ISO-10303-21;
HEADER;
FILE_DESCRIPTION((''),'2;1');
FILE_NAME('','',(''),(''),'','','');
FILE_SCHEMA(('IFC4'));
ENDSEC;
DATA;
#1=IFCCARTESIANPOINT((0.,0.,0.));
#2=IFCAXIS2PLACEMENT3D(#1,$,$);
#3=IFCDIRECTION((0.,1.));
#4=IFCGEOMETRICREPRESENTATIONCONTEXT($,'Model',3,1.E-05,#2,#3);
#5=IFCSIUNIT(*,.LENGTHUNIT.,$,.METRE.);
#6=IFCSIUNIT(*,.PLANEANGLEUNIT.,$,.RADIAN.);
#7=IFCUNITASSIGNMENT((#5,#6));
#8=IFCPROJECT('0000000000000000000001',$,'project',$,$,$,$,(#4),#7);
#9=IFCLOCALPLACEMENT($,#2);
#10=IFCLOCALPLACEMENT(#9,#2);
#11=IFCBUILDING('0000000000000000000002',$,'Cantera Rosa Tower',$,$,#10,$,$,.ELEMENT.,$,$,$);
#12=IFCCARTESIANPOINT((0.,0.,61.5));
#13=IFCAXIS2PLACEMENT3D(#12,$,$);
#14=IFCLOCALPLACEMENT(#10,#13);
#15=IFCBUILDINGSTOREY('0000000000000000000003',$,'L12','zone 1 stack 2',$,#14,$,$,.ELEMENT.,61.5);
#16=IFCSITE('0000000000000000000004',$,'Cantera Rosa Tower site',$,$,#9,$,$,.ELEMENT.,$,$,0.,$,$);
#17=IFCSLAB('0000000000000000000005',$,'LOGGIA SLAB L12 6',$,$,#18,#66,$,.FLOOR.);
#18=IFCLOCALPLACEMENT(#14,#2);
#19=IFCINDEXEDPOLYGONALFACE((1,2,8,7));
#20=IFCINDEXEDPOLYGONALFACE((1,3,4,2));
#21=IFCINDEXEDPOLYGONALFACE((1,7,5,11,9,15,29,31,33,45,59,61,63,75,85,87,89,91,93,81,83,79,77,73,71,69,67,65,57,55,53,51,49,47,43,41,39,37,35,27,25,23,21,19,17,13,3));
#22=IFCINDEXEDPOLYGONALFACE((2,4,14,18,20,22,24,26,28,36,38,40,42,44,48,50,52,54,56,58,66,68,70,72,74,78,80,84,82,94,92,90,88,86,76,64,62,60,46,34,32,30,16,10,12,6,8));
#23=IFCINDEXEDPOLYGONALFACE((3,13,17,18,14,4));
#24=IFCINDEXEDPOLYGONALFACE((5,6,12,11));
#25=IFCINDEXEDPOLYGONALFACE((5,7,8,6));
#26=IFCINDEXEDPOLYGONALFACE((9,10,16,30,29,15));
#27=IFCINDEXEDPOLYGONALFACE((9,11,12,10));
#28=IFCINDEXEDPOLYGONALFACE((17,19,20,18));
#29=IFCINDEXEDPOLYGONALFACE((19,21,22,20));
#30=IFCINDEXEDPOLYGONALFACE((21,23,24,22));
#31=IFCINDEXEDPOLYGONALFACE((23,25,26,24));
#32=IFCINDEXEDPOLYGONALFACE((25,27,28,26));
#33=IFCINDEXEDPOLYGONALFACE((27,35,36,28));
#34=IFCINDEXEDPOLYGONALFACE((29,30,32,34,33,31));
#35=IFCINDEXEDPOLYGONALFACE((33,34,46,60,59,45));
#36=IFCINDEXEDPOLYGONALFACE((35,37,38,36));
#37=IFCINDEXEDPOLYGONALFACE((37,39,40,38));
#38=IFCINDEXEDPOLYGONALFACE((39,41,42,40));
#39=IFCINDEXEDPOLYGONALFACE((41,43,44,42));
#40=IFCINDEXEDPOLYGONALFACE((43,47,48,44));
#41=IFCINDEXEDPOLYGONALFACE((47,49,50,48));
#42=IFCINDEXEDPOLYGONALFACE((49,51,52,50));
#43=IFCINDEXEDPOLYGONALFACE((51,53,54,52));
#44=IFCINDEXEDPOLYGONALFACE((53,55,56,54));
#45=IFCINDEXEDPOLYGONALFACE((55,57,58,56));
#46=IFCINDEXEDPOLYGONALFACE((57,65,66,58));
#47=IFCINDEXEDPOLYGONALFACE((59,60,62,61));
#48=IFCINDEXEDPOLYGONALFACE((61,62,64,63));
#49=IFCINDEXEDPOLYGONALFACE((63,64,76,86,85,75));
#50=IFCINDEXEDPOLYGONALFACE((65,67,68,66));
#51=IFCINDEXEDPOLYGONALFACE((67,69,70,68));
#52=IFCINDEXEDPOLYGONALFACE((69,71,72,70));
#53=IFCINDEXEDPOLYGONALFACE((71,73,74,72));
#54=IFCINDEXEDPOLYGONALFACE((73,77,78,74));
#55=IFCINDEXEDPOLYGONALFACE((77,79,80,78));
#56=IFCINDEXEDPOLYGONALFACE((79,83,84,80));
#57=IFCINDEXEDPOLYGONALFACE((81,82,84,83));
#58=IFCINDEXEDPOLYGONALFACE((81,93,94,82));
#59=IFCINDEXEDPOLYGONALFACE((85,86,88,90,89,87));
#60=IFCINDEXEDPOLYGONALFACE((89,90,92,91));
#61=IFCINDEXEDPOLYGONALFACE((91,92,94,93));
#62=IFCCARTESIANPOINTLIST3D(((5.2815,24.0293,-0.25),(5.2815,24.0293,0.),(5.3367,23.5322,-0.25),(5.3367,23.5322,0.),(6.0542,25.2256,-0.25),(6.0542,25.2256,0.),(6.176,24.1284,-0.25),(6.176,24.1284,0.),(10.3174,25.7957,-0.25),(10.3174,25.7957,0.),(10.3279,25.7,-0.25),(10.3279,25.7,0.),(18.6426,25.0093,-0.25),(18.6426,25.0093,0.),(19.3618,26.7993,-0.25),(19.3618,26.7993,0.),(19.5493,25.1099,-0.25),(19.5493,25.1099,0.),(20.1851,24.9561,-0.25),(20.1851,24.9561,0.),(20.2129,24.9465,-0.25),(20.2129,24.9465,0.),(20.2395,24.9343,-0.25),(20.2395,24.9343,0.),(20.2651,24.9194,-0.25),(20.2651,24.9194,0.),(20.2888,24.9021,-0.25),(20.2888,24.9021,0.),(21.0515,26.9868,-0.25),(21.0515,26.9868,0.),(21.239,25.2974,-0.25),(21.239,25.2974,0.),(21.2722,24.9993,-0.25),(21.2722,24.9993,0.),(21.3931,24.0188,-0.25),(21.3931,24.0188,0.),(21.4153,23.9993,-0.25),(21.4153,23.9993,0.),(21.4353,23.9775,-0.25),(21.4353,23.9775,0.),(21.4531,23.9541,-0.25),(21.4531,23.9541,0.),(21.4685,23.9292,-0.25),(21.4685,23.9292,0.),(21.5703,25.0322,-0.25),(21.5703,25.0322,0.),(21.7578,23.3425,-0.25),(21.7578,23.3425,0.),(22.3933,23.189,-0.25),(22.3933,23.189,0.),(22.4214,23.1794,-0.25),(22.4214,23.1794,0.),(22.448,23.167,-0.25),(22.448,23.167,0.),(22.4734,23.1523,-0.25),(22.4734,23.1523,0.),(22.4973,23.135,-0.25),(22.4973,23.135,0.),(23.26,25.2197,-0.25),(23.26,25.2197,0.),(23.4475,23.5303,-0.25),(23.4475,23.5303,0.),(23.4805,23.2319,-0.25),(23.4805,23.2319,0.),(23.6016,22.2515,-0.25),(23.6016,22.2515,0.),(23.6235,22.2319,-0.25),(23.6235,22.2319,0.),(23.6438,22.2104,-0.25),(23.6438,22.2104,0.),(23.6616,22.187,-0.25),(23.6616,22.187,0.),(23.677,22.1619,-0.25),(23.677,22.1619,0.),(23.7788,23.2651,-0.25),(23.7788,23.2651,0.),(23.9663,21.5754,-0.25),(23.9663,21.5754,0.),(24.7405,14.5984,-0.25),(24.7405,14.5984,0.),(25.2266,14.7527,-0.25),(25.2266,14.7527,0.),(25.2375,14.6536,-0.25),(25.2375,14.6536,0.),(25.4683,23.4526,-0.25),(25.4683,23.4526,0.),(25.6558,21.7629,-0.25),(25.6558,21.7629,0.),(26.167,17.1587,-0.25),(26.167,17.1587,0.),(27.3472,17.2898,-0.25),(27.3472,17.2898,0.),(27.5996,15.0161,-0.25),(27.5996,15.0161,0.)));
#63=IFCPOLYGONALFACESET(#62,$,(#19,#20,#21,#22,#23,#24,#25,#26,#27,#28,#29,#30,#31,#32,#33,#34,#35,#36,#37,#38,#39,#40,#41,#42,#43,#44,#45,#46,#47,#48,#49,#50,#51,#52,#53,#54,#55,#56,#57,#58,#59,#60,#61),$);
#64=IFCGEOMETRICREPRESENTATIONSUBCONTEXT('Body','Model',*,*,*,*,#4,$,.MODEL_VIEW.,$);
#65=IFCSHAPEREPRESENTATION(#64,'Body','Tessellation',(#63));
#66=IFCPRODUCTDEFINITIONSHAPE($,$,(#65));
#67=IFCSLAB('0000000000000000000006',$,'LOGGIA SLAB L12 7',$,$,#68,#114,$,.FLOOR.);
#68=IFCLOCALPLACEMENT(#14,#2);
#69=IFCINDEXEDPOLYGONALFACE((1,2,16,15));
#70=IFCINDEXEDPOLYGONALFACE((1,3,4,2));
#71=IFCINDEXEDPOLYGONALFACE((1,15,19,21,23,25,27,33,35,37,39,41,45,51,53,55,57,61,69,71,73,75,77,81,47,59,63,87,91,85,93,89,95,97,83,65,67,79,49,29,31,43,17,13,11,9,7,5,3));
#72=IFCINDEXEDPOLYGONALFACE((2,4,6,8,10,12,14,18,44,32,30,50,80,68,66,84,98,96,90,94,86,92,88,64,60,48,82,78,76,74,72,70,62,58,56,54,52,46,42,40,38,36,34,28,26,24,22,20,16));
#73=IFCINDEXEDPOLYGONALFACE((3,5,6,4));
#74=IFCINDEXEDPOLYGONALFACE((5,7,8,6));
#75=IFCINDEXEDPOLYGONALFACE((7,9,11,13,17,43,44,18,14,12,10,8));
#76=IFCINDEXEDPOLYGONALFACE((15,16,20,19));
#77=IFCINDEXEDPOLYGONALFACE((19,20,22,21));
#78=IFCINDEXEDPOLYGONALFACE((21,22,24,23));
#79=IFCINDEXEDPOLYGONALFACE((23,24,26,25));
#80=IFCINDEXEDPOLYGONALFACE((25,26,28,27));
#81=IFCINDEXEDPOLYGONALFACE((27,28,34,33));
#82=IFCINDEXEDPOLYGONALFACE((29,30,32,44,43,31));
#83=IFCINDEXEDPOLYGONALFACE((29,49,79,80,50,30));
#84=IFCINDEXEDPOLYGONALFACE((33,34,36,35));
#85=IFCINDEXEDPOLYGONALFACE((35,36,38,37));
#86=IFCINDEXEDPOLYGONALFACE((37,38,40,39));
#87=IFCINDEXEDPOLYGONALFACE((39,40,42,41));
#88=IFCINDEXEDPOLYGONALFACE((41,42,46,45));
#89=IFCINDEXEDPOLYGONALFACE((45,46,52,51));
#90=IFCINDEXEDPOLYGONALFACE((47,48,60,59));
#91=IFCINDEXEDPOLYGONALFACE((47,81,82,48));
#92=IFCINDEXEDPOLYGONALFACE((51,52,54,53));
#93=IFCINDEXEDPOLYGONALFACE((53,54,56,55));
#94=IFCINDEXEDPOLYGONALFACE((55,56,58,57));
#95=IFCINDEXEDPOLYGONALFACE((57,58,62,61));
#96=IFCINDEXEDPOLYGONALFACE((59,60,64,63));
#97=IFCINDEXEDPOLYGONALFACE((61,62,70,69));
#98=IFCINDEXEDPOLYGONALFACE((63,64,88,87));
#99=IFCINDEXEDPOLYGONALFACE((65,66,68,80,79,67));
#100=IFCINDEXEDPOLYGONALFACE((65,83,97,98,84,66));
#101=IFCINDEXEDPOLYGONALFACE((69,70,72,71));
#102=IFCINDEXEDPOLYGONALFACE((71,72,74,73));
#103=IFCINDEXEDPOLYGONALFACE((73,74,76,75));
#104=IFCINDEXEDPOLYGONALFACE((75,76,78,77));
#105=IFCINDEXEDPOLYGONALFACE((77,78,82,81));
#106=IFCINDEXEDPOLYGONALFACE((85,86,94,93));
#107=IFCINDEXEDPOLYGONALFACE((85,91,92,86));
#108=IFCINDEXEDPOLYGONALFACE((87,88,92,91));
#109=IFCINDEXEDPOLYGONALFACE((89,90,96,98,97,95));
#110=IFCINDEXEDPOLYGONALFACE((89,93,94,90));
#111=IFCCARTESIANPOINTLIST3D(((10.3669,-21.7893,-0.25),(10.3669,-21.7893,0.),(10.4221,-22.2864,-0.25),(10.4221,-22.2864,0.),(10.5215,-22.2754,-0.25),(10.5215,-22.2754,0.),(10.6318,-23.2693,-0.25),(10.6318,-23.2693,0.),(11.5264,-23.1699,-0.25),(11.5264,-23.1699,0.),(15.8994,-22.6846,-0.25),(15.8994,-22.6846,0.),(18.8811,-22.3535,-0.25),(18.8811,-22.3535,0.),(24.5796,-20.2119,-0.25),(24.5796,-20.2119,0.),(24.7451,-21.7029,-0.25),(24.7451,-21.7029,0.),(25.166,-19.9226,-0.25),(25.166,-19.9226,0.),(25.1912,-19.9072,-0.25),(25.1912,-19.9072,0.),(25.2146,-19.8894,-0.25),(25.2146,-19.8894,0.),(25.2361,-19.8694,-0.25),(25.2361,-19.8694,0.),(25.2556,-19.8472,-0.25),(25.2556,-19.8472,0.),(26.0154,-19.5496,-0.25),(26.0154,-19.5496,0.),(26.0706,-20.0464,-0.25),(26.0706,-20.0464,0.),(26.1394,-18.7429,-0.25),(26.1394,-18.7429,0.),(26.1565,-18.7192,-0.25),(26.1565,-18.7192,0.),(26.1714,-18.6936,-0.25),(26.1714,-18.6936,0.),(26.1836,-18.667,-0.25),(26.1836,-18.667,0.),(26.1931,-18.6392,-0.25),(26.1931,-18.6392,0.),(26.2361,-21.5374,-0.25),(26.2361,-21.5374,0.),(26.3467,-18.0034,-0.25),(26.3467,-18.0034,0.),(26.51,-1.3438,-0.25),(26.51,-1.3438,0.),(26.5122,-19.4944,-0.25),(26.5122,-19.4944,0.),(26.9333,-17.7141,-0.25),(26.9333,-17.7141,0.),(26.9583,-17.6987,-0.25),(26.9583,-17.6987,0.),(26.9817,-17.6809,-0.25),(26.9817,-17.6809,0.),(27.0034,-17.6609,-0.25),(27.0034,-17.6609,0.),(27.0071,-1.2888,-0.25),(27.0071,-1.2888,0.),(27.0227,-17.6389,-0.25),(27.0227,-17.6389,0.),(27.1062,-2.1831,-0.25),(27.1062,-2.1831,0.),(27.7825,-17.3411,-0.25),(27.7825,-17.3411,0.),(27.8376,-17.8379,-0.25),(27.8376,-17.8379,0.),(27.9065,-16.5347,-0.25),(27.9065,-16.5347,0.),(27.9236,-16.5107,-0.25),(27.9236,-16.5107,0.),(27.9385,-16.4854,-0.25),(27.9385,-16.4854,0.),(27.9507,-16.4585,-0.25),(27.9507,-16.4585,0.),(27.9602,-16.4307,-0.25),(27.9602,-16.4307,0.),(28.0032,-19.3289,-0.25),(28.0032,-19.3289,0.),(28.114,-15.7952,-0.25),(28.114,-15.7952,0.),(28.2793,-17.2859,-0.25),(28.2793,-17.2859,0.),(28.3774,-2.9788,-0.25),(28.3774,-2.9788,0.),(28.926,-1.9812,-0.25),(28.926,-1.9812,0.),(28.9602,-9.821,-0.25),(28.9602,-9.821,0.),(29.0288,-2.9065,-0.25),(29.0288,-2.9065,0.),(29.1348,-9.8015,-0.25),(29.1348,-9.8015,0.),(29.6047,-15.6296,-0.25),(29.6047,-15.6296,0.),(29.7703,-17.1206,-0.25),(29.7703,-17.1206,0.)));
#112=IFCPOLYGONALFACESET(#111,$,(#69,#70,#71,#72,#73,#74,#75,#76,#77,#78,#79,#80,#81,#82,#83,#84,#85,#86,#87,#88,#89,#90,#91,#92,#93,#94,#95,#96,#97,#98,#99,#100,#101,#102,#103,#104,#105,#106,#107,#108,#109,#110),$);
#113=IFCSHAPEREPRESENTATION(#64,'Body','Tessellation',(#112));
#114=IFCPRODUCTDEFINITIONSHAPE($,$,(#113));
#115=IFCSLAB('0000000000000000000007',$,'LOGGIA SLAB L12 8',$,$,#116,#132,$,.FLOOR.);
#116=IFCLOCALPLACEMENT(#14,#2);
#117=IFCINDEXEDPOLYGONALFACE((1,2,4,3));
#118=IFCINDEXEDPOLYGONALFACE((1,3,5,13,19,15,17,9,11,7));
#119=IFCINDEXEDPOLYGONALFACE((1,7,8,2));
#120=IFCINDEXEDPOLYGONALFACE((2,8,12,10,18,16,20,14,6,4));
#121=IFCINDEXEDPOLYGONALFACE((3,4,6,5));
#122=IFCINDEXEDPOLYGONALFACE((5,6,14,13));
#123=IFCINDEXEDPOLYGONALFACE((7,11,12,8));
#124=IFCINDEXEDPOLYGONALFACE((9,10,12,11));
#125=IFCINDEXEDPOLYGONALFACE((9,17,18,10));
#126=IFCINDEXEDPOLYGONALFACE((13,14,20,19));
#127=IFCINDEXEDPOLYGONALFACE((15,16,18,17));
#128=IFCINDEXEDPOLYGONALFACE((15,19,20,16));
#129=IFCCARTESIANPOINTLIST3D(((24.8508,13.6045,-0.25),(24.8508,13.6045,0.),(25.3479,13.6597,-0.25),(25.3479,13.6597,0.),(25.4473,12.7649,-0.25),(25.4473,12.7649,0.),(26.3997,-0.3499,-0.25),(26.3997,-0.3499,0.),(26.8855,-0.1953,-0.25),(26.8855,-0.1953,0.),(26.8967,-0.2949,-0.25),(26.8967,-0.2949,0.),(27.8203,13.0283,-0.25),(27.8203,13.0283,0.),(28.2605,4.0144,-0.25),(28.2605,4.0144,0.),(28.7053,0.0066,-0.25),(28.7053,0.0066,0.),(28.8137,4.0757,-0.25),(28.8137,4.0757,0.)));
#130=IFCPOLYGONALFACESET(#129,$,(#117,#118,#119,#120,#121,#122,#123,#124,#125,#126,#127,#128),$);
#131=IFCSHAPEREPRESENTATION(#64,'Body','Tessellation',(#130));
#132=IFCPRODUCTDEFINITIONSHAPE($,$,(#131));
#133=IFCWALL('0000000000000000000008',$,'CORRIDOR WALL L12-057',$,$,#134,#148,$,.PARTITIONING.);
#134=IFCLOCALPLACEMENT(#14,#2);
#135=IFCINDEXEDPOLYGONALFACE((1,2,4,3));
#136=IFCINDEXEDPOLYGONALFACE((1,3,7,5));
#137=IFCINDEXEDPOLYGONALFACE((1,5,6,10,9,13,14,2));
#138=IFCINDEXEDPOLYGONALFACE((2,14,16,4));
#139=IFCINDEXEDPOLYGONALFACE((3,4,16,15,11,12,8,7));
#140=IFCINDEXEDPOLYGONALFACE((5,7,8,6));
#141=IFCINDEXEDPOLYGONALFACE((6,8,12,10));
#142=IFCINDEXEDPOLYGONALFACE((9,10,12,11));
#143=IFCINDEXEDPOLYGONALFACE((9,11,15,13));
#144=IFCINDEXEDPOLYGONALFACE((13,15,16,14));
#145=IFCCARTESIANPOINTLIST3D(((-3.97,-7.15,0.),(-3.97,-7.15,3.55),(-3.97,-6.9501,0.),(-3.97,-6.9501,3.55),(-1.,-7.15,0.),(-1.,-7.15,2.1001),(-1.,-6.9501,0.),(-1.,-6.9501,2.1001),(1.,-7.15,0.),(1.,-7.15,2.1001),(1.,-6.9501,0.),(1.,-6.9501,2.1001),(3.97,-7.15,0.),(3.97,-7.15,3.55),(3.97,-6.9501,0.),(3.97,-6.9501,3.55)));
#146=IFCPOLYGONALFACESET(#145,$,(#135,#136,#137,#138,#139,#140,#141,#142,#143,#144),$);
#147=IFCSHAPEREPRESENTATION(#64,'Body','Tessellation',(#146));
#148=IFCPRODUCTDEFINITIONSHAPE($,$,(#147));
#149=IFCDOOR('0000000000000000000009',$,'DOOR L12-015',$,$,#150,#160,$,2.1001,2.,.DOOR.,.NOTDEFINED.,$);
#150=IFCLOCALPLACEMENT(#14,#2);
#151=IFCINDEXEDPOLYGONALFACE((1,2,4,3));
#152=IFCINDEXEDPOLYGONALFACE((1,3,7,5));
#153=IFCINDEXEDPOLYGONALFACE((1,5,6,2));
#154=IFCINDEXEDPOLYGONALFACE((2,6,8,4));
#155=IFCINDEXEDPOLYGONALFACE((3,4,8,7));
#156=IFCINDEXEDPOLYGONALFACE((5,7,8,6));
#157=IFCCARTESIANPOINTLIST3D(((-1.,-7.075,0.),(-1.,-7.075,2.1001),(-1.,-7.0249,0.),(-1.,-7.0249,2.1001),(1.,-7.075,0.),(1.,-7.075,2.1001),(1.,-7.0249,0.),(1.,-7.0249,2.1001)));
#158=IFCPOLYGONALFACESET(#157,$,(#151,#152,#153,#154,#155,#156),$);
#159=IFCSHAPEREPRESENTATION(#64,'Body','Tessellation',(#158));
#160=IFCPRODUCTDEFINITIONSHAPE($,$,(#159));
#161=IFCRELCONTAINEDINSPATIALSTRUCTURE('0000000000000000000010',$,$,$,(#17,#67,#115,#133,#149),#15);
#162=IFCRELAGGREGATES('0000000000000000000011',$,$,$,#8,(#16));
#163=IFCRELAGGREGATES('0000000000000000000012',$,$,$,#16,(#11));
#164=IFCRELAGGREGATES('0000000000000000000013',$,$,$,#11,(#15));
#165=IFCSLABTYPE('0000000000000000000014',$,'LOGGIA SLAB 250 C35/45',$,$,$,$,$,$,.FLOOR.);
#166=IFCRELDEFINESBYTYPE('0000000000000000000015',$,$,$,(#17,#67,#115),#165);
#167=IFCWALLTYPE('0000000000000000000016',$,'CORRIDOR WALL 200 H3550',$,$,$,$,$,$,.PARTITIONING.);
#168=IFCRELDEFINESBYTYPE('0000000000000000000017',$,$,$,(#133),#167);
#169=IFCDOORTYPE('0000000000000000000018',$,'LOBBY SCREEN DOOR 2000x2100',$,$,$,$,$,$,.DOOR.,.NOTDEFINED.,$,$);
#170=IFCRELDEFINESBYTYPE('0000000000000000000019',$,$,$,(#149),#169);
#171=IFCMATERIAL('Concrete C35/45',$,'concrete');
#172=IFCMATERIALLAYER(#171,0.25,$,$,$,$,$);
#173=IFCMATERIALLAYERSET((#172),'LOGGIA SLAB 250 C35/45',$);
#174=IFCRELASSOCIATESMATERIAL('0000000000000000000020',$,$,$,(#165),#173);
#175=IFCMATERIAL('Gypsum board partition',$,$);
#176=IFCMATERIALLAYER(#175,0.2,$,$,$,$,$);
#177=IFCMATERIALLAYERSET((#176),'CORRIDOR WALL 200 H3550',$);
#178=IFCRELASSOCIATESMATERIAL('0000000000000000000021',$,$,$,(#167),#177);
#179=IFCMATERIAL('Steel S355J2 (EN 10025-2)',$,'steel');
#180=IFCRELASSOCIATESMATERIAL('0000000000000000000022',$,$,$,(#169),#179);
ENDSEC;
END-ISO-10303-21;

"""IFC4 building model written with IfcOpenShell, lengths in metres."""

from ifc_helpers import new_model, si_unit, direction, frame, frame_2d, origin, place, context, subcontext, project, spatial, polyline, rectangle, outline, extrude, material, layer, layer_set, type_object, element, fill, save


model = new_model("IFC4")

# Units and contexts
model_context = context("Model", 3, precision=1e-05, world=origin(), true_north=direction((0.0, 1.0)))
body_context = subcontext(model_context, "Body", "Model", "MODEL_VIEW")
ifc_project = project(units=[si_unit("LENGTHUNIT", "METRE"), si_unit("PLANEANGLEUNIT", "RADIAN")], contexts=[model_context])

# Site, building, storey
site_placement = place(None, origin())
site = spatial("IfcSite", under=ifc_project, at=site_placement, Name="Cantera Rosa Tower site", CompositionType="ELEMENT", RefElevation=0.0)
building_placement = place(site_placement, origin())
building = spatial("IfcBuilding", under=site, at=building_placement, Name="Cantera Rosa Tower", CompositionType="ELEMENT")
storey_placement = place(building_placement, frame((0.0, 0.0, 61.5)))
storey = spatial("IfcBuildingStorey", under=building, at=storey_placement, Name="L12", Description="zone 1 stack 2", CompositionType="ELEMENT", Elevation=61.5)

# Slabs
ifc_material_1 = material(Name="Concrete C35/45", Category="concrete")
ifc_layer_1 = layer(ifc_material_1, 0.25)
ifc_layer_set_1 = layer_set([ifc_layer_1], Name="LOGGIA SLAB 250 C35/45")
slab_type_1 = type_object("IfcSlabType", Name="LOGGIA SLAB 250 C35/45", PredefinedType="FLOOR", material=ifc_layer_set_1)
slab_1_placement = place(storey_placement, frame((0.0, 0.0, -0.25)))
element("IfcSlab", 1, at=slab_1_placement, inside=storey, type_object=slab_type_1, Name="LOGGIA SLAB L12 6", PredefinedType="FLOOR", context=body_context, shape_type="SweptSolid", body=[
    extrude(outline(polyline([(19.3618, 26.7993), (21.0515, 26.9868), (21.239, 25.2974), (21.2722, 24.9993), (21.5703, 25.0322), (23.26, 25.2197), (23.4475, 23.5303), (23.4805, 23.2319), (23.7788, 23.2651), (25.4683, 23.4526), (25.6558, 21.7629), (26.167, 17.1587), (27.3472, 17.2898), (27.5996, 15.0161), (25.2266, 14.7527), (25.2375, 14.6536), (24.7405, 14.5984), (23.9663, 21.5754), (23.677, 22.1619), (23.6616, 22.187), (23.6438, 22.2104), (23.6235, 22.2319), (23.6016, 22.2515), (22.4973, 23.135), (22.4734, 23.1523), (22.448, 23.167), (22.4214, 23.1794), (22.3933, 23.189), (21.7578, 23.3425), (21.4685, 23.9292), (21.4531, 23.9541), (21.4353, 23.9775), (21.4153, 23.9993), (21.3931, 24.0188), (20.2888, 24.9021), (20.2651, 24.9194), (20.2395, 24.9343), (20.2129, 24.9465), (20.1851, 24.9561), (19.5493, 25.1099), (18.6426, 25.0093), (5.3367, 23.5322), (5.2815, 24.0293), (6.176, 24.1284), (6.0542, 25.2256), (10.3279, 25.7), (10.3174, 25.7957), (19.3618, 26.7993)])), origin(), (0.0, 0.0, 1.0), 0.25),
])
slab_2_placement = place(storey_placement, frame((0.0, 0.0, -0.25)))
element("IfcSlab", 2, at=slab_2_placement, inside=storey, type_object=slab_type_1, Name="LOGGIA SLAB L12 7", PredefinedType="FLOOR", context=body_context, shape_type="SweptSolid", body=[
    extrude(outline(polyline([(29.1348, -9.8015), (28.9602, -9.821), (29.6047, -15.6296), (29.7703, -17.1206), (28.2793, -17.2859), (27.7825, -17.3411), (27.8376, -17.8379), (28.0032, -19.3289), (26.5122, -19.4944), (26.0154, -19.5496), (26.0706, -20.0464), (26.2361, -21.5374), (24.7451, -21.7029), (18.8811, -22.3535), (15.8994, -22.6846), (11.5264, -23.1699), (10.6318, -23.2693), (10.5215, -22.2754), (10.4221, -22.2864), (10.3669, -21.7893), (24.5796, -20.2119), (25.166, -19.9226), (25.1912, -19.9072), (25.2146, -19.8894), (25.2361, -19.8694), (25.2556, -19.8472), (26.1394, -18.7429), (26.1565, -18.7192), (26.1714, -18.6936), (26.1836, -18.667), (26.1931, -18.6392), (26.3467, -18.0034), (26.9333, -17.7141), (26.9583, -17.6987), (26.9817, -17.6809), (27.0034, -17.6609), (27.0227, -17.6389), (27.9065, -16.5347), (27.9236, -16.5107), (27.9385, -16.4854), (27.9507, -16.4585), (27.9602, -16.4307), (28.114, -15.7952), (26.51, -1.3438), (27.0071, -1.2888), (27.1062, -2.1831), (28.926, -1.9812), (29.0288, -2.9065), (28.3774, -2.9788), (29.1348, -9.8015)])), origin(), (0.0, 0.0, 1.0), 0.25),
])
slab_3_placement = place(storey_placement, frame((0.0, 0.0, -0.25)))
element("IfcSlab", 3, at=slab_3_placement, inside=storey, type_object=slab_type_1, Name="LOGGIA SLAB L12 8", PredefinedType="FLOOR", context=body_context, shape_type="SweptSolid", body=[
    extrude(outline(polyline([(28.7053, 0.0066), (26.8855, -0.1953), (26.8967, -0.2949), (26.3997, -0.3499), (24.8508, 13.6045), (25.3479, 13.6597), (25.4473, 12.7649), (27.8203, 13.0283), (28.8137, 4.0757), (28.2605, 4.0144), (28.7053, 0.0066)])), origin(), (0.0, 0.0, 1.0), 0.25),
])

# Wall, opening, door
ifc_material_2 = material(Name="Gypsum board partition")
ifc_layer_2 = layer(ifc_material_2, 0.2)
ifc_layer_set_2 = layer_set([ifc_layer_2], Name="CORRIDOR WALL 200 H3550")
wall_type_1 = type_object("IfcWallType", Name="CORRIDOR WALL 200 H3550", PredefinedType="PARTITIONING", material=ifc_layer_set_2)
wall_1_placement = place(storey_placement, frame((3.97, -7.05, 0.0), z_axis=(0.0, 0.0, 1.0), x_axis=(-1.0, 0.0, 0.0)))
wall_1 = element("IfcWall", 4, at=wall_1_placement, inside=storey, type_object=wall_type_1, Name="CORRIDOR WALL L12-057", PredefinedType="PARTITIONING", context=body_context, shape_type="SweptSolid", body=[
    extrude(rectangle(XDim=7.9399, YDim=0.2, at=frame_2d((3.97, 0.0))), origin(), (0.0, 0.0, 1.0), 3.55),
])
opening_1_placement = place(wall_1_placement, frame((2.97, 0.0, 0.0)))
opening_1 = element("IfcOpeningElement", 5, at=opening_1_placement, cuts=wall_1, PredefinedType="OPENING", context=body_context, shape_type="SweptSolid", body=[
    extrude(rectangle(XDim=2.0, YDim=2.1001, at=frame_2d((1.0, 1.05))), frame((0.0, 0.1099, 0.0), z_axis=(0.0, -1.0, 0.0), x_axis=(1.0, 0.0, 0.0)), (0.0, 0.0, 1.0), 0.22),
])
ifc_material_3 = material(Name="Steel S355J2 (EN 10025-2)", Category="steel")
door_type_1 = type_object("IfcDoorType", Name="LOBBY SCREEN DOOR 2000x2100", OperationType="NOTDEFINED", PredefinedType="DOOR", material=ifc_material_3)
door_1_placement = place(opening_1_placement, origin())
door_1 = element("IfcDoor", 6, at=door_1_placement, inside=storey, type_object=door_type_1, Name="DOOR L12-015", OperationType="NOTDEFINED", OverallHeight=2.1001, OverallWidth=2.0, PredefinedType="DOOR", context=body_context, shape_type="SweptSolid", body=[
    extrude(rectangle(XDim=2.0, YDim=2.1001, at=frame_2d((1.0, 1.05))), frame((0.0, 0.0249, 0.0), z_axis=(0.0, -1.0, 0.0), x_axis=(1.0, 0.0, 0.0)), (0.0, 0.0, 1.0), 0.05),
])
fill(opening_1, door_1)

save(model, "model.ifc")
